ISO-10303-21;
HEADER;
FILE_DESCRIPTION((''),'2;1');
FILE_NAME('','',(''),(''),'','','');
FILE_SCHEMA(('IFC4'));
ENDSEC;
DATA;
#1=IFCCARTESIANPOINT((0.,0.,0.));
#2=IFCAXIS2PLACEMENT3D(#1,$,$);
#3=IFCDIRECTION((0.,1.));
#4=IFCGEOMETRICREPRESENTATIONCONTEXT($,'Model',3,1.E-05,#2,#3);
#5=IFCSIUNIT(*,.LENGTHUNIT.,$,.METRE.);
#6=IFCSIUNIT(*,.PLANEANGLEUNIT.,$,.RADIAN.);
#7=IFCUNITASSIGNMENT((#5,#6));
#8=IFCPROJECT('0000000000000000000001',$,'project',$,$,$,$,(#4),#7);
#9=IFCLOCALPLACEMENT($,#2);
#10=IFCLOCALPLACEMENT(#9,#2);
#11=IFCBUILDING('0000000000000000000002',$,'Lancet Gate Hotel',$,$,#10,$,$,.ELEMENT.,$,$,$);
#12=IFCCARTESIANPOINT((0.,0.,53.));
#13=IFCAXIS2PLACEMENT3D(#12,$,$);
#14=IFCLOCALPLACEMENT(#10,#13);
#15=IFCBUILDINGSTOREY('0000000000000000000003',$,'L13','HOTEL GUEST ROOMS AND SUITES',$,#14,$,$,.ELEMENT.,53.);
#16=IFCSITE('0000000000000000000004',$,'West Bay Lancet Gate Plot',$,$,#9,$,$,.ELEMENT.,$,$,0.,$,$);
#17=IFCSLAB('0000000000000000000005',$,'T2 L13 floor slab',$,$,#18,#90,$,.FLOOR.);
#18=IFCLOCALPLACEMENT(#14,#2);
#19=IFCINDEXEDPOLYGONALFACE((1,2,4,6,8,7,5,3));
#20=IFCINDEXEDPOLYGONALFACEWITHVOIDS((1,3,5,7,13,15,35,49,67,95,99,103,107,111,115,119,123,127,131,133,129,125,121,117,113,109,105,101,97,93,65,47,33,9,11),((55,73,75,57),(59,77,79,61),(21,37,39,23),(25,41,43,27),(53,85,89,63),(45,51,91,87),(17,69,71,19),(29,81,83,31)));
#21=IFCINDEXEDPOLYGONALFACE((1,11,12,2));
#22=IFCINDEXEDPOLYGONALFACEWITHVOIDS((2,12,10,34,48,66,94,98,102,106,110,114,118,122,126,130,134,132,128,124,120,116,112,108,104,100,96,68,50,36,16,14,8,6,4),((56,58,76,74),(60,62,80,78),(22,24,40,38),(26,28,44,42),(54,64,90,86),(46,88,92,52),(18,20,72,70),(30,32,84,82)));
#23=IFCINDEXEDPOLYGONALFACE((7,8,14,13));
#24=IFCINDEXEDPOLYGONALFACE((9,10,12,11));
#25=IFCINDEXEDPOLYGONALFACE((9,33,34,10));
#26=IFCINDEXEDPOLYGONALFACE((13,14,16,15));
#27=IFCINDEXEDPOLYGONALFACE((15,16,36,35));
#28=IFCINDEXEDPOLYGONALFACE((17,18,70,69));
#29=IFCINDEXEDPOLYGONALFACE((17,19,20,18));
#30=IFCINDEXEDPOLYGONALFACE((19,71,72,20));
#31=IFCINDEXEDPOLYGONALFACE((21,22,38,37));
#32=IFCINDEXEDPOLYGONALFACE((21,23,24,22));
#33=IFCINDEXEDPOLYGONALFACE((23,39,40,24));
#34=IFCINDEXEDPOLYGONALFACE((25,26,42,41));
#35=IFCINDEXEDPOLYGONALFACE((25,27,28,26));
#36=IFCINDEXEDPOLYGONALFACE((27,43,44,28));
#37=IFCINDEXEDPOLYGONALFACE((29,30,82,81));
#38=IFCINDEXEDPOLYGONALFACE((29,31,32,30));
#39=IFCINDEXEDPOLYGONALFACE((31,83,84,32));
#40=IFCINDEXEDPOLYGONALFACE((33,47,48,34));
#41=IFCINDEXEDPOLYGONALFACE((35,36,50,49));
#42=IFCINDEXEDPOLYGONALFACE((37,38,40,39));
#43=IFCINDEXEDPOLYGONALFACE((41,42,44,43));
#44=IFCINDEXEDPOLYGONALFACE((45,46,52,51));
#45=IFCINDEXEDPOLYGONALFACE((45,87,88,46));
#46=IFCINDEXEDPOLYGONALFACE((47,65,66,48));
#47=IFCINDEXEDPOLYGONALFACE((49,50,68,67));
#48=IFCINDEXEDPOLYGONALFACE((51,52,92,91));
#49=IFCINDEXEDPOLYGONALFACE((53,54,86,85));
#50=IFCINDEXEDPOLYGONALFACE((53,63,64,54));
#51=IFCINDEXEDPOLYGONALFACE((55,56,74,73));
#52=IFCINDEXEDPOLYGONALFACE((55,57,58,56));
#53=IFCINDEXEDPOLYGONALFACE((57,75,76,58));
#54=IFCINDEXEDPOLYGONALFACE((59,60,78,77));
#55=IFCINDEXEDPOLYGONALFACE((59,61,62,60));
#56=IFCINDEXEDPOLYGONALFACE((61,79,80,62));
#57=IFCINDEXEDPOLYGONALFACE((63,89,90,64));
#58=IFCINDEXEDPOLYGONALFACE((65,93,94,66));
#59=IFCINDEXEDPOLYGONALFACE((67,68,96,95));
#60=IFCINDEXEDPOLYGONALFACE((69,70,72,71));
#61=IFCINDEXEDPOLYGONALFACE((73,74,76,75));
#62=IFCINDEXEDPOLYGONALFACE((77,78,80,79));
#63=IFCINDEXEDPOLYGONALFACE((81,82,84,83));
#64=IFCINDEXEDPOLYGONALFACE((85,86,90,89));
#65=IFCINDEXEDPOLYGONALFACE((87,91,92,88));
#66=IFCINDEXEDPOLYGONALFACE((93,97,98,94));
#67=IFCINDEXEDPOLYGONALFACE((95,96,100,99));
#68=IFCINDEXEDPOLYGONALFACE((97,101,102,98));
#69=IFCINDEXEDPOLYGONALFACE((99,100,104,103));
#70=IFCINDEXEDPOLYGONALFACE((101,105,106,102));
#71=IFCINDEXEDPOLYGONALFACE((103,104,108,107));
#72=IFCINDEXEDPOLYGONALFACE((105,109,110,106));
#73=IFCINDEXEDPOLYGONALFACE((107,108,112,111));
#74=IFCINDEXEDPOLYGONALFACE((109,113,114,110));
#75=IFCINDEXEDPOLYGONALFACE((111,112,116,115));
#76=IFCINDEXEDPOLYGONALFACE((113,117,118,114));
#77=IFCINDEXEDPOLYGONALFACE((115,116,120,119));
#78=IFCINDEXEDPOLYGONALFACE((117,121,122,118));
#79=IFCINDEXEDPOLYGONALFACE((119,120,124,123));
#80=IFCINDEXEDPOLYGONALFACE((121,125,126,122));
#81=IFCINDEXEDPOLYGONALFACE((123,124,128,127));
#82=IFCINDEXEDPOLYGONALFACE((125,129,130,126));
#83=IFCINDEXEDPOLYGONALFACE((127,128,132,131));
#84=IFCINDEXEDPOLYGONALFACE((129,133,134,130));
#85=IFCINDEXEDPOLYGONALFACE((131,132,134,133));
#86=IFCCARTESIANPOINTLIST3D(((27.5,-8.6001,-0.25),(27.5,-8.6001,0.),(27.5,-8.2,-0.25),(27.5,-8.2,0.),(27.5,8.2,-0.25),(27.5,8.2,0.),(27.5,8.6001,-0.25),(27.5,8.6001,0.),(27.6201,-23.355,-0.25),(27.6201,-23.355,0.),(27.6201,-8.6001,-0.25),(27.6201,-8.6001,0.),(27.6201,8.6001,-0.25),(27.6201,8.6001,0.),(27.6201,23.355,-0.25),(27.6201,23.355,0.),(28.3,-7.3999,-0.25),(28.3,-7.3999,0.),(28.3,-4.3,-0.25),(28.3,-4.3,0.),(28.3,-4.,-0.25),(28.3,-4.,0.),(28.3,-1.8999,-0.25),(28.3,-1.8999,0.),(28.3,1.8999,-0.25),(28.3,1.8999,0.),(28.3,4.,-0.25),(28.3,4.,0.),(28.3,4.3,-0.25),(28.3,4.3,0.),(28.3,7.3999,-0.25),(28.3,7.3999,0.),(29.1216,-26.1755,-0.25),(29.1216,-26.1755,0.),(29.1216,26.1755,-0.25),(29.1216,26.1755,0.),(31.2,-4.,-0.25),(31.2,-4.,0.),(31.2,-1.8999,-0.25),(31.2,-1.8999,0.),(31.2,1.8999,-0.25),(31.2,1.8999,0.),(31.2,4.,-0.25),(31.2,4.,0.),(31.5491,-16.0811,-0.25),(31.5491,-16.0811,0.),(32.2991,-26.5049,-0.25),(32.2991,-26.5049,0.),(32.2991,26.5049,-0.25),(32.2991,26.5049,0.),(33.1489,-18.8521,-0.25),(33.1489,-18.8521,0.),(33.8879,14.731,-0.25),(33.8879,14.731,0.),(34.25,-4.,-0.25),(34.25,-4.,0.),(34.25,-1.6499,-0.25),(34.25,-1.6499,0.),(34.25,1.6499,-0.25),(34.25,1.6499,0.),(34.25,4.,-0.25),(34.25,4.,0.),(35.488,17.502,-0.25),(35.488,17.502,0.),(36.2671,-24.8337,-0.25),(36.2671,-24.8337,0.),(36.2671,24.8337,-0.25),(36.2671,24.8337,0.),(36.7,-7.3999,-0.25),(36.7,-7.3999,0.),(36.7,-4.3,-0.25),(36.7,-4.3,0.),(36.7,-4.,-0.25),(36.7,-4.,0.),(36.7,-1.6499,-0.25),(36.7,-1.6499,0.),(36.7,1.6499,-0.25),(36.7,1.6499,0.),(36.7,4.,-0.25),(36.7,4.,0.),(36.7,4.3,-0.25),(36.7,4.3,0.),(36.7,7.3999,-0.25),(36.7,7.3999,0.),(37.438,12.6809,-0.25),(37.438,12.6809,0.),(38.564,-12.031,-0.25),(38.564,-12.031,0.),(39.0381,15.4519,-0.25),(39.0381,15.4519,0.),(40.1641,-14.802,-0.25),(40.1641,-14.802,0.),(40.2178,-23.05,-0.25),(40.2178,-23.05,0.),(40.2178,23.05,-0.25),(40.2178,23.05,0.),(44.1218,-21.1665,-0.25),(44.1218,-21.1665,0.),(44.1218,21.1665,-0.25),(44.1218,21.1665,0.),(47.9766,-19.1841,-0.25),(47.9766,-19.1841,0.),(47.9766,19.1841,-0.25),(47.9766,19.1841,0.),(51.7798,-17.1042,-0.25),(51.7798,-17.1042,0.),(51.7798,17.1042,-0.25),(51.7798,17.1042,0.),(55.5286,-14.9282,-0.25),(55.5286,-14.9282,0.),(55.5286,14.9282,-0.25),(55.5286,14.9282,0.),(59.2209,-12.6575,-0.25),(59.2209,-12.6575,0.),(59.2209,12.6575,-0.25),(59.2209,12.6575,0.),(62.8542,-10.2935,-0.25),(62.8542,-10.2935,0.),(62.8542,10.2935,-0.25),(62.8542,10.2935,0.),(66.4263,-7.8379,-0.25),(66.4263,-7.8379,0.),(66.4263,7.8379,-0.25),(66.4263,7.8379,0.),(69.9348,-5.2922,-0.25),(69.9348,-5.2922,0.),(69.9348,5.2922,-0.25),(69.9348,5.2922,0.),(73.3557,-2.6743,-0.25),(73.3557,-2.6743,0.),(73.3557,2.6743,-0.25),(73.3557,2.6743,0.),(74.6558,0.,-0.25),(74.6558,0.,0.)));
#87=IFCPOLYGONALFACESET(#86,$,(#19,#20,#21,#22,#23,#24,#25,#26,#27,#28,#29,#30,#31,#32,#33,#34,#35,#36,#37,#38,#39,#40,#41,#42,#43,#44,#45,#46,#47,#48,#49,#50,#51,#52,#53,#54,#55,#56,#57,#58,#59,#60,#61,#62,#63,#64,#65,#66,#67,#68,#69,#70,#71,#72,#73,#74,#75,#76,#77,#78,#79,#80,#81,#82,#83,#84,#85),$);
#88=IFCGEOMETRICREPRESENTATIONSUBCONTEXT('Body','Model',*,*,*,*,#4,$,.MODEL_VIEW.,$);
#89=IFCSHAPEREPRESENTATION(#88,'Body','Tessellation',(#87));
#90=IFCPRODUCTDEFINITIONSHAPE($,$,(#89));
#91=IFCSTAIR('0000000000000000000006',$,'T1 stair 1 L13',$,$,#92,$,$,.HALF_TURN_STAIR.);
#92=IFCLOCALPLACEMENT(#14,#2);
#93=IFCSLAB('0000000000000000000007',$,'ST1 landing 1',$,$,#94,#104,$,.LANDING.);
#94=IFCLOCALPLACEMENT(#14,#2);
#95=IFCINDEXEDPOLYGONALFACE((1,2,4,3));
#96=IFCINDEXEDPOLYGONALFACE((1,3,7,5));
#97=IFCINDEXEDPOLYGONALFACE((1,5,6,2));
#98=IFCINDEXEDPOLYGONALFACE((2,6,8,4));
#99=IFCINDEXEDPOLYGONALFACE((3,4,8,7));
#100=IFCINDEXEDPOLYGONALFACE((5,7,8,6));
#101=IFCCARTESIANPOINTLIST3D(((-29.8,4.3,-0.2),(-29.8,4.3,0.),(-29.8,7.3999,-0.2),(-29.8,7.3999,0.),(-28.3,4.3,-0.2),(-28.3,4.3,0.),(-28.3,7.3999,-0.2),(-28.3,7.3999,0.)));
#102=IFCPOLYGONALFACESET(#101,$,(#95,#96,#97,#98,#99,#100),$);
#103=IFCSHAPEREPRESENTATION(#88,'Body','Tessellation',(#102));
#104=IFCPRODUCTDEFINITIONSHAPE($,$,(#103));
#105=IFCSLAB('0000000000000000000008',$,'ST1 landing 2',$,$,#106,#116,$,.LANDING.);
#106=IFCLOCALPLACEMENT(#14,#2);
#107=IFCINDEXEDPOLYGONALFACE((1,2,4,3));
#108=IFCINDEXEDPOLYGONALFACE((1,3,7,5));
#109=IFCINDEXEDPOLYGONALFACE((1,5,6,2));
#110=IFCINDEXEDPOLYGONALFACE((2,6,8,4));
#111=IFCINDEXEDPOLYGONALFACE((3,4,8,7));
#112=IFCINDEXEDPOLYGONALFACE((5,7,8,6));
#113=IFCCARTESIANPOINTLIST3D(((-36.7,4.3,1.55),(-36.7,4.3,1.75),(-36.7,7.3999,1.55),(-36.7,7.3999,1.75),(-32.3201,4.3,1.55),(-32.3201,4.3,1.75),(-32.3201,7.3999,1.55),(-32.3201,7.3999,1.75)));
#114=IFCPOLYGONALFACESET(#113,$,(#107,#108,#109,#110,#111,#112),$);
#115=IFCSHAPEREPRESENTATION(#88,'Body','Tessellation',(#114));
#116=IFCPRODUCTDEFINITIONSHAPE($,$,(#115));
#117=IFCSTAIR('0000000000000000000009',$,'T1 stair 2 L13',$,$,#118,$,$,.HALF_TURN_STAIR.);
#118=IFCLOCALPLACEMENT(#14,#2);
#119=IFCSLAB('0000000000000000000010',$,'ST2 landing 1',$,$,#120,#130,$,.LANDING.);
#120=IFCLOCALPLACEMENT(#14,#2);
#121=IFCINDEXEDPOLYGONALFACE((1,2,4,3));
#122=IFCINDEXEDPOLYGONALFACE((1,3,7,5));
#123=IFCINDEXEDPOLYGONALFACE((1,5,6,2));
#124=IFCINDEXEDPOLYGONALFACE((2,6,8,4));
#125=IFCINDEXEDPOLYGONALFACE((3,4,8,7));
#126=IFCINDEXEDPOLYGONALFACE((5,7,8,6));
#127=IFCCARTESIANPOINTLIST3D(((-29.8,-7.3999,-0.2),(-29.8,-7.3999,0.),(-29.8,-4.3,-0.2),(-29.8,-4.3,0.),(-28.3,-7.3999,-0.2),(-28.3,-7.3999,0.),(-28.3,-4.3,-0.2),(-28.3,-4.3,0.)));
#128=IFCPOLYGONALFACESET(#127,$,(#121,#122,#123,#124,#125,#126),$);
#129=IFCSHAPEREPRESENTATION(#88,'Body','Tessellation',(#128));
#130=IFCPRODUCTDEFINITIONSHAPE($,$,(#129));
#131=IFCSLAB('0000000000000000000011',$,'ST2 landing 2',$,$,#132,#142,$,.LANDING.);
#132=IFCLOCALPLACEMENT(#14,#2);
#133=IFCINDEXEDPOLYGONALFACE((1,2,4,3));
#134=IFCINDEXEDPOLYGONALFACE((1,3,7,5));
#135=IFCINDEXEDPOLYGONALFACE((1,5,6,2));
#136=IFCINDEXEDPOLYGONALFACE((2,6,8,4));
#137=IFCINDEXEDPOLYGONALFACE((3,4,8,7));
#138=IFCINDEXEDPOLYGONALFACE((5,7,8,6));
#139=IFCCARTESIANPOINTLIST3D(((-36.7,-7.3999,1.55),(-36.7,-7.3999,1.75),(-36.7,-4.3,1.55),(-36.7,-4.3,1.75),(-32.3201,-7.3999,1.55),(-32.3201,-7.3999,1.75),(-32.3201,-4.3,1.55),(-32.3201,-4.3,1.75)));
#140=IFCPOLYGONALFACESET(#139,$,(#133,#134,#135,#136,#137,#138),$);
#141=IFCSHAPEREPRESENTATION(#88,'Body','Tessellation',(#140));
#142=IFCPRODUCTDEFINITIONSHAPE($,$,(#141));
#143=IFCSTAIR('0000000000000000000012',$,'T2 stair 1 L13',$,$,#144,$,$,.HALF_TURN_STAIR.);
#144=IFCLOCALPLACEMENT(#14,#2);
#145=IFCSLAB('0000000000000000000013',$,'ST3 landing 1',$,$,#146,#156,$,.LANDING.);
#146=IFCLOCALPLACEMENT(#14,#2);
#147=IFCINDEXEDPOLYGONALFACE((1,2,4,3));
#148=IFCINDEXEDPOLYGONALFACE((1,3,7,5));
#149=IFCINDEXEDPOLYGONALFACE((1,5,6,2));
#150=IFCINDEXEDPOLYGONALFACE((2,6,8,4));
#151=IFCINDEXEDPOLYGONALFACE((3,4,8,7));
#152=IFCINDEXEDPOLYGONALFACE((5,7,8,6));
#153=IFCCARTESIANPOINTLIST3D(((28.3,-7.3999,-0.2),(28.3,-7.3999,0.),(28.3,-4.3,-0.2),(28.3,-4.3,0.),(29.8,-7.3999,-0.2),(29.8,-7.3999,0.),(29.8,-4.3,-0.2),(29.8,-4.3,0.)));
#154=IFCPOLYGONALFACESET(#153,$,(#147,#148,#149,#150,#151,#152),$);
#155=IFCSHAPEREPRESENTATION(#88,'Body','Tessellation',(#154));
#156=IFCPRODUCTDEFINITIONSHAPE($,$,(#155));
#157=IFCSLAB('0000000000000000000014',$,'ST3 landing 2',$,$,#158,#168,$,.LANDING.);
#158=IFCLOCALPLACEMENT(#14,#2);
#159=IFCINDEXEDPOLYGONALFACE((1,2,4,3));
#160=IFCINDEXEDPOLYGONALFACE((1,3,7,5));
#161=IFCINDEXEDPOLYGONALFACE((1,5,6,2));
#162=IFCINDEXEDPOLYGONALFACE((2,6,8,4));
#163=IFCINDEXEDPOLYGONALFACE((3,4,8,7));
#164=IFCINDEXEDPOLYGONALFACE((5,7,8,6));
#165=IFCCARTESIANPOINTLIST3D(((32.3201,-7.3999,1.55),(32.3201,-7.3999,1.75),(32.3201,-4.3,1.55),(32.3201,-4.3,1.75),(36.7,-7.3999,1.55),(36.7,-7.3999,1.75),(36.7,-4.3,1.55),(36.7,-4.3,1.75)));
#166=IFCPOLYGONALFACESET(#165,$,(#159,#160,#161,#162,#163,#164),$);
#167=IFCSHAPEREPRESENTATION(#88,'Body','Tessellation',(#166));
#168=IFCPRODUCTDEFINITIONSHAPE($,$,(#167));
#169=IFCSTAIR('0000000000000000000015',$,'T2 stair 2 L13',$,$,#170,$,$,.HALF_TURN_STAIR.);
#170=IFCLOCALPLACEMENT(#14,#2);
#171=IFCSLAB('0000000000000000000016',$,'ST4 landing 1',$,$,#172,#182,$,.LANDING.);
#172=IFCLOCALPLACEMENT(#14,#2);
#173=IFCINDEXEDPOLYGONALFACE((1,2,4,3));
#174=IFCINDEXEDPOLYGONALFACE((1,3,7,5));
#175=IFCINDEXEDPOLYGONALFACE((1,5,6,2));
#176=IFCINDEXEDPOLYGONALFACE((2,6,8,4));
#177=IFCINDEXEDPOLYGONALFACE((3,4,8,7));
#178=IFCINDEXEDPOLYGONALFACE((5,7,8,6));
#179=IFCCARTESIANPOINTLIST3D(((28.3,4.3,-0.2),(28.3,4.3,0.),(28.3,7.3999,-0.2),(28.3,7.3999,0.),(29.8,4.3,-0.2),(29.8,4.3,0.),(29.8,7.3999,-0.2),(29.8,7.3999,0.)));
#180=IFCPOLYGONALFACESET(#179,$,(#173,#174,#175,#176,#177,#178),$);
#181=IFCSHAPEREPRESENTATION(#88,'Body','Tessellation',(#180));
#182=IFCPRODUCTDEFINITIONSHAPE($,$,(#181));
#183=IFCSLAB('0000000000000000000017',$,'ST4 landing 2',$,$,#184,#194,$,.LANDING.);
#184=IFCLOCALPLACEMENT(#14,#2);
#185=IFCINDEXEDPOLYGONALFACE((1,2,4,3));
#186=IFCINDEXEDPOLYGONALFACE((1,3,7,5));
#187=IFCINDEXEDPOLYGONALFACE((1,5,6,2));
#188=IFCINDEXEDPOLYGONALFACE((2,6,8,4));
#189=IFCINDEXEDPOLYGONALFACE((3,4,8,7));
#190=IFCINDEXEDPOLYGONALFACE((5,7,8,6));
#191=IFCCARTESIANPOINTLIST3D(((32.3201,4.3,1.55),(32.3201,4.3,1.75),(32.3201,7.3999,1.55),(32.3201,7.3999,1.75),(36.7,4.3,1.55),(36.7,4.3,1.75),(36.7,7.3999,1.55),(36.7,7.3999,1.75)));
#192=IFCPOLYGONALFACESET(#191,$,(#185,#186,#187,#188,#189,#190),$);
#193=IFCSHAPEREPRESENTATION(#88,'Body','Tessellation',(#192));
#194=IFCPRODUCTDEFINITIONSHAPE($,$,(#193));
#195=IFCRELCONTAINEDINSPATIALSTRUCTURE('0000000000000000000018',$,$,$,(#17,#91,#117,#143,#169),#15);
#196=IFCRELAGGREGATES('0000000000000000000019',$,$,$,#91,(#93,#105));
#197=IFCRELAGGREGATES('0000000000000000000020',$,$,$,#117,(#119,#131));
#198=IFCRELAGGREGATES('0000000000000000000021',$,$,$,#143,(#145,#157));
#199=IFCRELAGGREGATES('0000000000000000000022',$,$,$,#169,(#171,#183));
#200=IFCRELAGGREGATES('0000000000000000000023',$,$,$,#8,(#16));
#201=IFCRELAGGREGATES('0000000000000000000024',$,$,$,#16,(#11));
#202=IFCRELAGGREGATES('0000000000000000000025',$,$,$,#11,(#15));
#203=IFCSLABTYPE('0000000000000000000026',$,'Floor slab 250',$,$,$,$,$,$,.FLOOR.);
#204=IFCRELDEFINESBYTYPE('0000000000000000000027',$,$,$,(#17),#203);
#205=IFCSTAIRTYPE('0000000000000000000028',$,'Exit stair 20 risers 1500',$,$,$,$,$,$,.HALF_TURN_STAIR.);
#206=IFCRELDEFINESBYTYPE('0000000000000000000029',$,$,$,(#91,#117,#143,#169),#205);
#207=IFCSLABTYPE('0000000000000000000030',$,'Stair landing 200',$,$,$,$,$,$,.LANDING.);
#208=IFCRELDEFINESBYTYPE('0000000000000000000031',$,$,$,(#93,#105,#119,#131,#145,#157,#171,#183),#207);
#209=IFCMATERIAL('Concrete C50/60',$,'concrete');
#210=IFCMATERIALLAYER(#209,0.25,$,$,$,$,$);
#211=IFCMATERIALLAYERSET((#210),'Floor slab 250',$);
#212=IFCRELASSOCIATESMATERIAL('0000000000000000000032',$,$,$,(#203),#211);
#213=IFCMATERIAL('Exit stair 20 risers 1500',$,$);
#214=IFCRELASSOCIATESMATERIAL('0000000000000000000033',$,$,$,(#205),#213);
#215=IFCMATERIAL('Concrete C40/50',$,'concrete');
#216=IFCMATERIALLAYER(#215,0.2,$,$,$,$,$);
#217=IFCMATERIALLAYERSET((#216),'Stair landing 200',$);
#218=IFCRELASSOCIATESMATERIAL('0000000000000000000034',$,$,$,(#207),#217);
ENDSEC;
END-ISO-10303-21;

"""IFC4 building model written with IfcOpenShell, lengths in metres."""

from ifc_helpers import new_model, si_unit, direction, frame, origin, place, context, subcontext, project, spatial, polyline, outline, extrude, material, layer, layer_set, type_object, element, aggregate, save


model = new_model("IFC4")

# Units and contexts
model_context = context("Model", 3, precision=1e-05, world=origin(), true_north=direction((0.0, 1.0)))
body_context = subcontext(model_context, "Body", "Model", "MODEL_VIEW")
ifc_project = project(units=[si_unit("LENGTHUNIT", "METRE"), si_unit("PLANEANGLEUNIT", "RADIAN")], contexts=[model_context])

# Site, building, storey
site_placement = place(None, origin())
site = spatial("IfcSite", under=ifc_project, at=site_placement, Name="West Bay Lancet Gate Plot", CompositionType="ELEMENT", RefElevation=0.0)
building_placement = place(site_placement, origin())
building = spatial("IfcBuilding", under=site, at=building_placement, Name="Lancet Gate Hotel", CompositionType="ELEMENT")
storey_placement = place(building_placement, frame((0.0, 0.0, 53.0)))
storey = spatial("IfcBuildingStorey", under=building, at=storey_placement, Name="L13", Description="HOTEL GUEST ROOMS AND SUITES", CompositionType="ELEMENT", Elevation=53.0)

# Slab
ifc_material_1 = material(Name="Concrete C50/60", Category="concrete")
ifc_layer_1 = layer(ifc_material_1, 0.25)
ifc_layer_set_1 = layer_set([ifc_layer_1], Name="Floor slab 250")
slab_type_1 = type_object("IfcSlabType", Name="Floor slab 250", PredefinedType="FLOOR", material=ifc_layer_set_1)
slab_1_placement = place(storey_placement, frame((0.0, 0.0, -0.25)))
element("IfcSlab", 1, at=slab_1_placement, inside=storey, type_object=slab_type_1, Name="T2 L13 floor slab", PredefinedType="FLOOR", context=body_context, shape_type="SweptSolid", body=[
    extrude(outline(polyline([(27.5, -8.6001), (27.6201, -8.6001), (27.6201, -23.355), (29.1216, -26.1755), (32.2991, -26.5049), (36.2671, -24.8337), (40.2178, -23.05), (44.1218, -21.1665), (47.9766, -19.1841), (51.7798, -17.1042), (55.5286, -14.9282), (59.2209, -12.6575), (62.8542, -10.2935), (66.4263, -7.8379), (69.9348, -5.2922), (73.3557, -2.6743), (74.6558, 0.0), (73.3557, 2.6743), (69.9348, 5.2922), (66.4263, 7.8379), (62.8542, 10.2935), (59.2209, 12.6575), (55.5286, 14.9282), (51.7798, 17.1042), (47.9766, 19.1841), (44.1218, 21.1665), (40.2178, 23.05), (36.2671, 24.8337), (32.2991, 26.5049), (29.1216, 26.1755), (27.6201, 23.355), (27.6201, 8.6001), (27.5, 8.6001), (27.5, 8.2), (27.5, -8.2), (27.5, -8.6001)]), holes=[polyline([(36.7, -7.3999), (36.7, -4.3), (28.3, -4.3), (28.3, -7.3999), (36.7, -7.3999)]), polyline([(28.3, -4.0), (31.2, -4.0), (31.2, -1.8999), (28.3, -1.8999), (28.3, -4.0)]), polyline([(34.25, -4.0), (36.7, -4.0), (36.7, -1.6499), (34.25, -1.6499), (34.25, -4.0)]), polyline([(36.7, 1.6499), (36.7, 4.0), (34.25, 4.0), (34.25, 1.6499), (36.7, 1.6499)]), polyline([(28.3, 1.8999), (31.2, 1.8999), (31.2, 4.0), (28.3, 4.0), (28.3, 1.8999)]), polyline([(28.3, 4.3), (36.7, 4.3), (36.7, 7.3999), (28.3, 7.3999), (28.3, 4.3)]), polyline([(31.5491, -16.0811), (33.1489, -18.8521), (40.1641, -14.802), (38.564, -12.031), (31.5491, -16.0811)]), polyline([(33.8879, 14.731), (37.438, 12.6809), (39.0381, 15.4519), (35.488, 17.502), (33.8879, 14.731)])]), origin(), (0.0, 0.0, 1.0), 0.25),
])

# Stairs, slabs
ifc_material_2 = material(Name="Exit stair 20 risers 1500")
stair_type = type_object("IfcStairType", Name="Exit stair 20 risers 1500", PredefinedType="HALF_TURN_STAIR", material=ifc_material_2)
stair_1_placement = place(storey_placement, origin())
stair_1 = element("IfcStair", 2, at=stair_1_placement, inside=storey, type_object=stair_type, Name="T1 stair 1 L13", PredefinedType="HALF_TURN_STAIR")
ifc_material_3 = material(Name="Concrete C40/50", Category="concrete")
ifc_layer_2 = layer(ifc_material_3, 0.2)
ifc_layer_set_2 = layer_set([ifc_layer_2], Name="Stair landing 200")
slab_type_2 = type_object("IfcSlabType", Name="Stair landing 200", PredefinedType="LANDING", material=ifc_layer_set_2)
slab_2_placement = place(storey_placement, frame((0.0, 0.0, -0.2)))
slab_2 = element("IfcSlab", 3, at=slab_2_placement, type_object=slab_type_2, Name="ST1 landing 1", PredefinedType="LANDING", context=body_context, shape_type="SweptSolid", body=[
    extrude(outline(polyline([(-28.3, 7.3999), (-29.8, 7.3999), (-29.8, 4.3), (-28.3, 4.3), (-28.3, 7.3999)])), origin(), (0.0, 0.0, 1.0), 0.2),
])
slab_3_placement = place(storey_placement, frame((0.0, 0.0, 1.55)))
slab_3 = element("IfcSlab", 4, at=slab_3_placement, type_object=slab_type_2, Name="ST1 landing 2", PredefinedType="LANDING", context=body_context, shape_type="SweptSolid", body=[
    extrude(outline(polyline([(-32.3201, 7.3999), (-36.7, 7.3999), (-36.7, 4.3), (-32.3201, 4.3), (-32.3201, 7.3999)])), origin(), (0.0, 0.0, 1.0), 0.2),
])
aggregate(stair_1, [slab_2, slab_3])
stair_2_placement = place(storey_placement, origin())
stair_2 = element("IfcStair", 5, at=stair_2_placement, inside=storey, type_object=stair_type, Name="T1 stair 2 L13", PredefinedType="HALF_TURN_STAIR")
slab_4_placement = place(storey_placement, frame((0.0, 0.0, -0.2)))
slab_4 = element("IfcSlab", 6, at=slab_4_placement, type_object=slab_type_2, Name="ST2 landing 1", PredefinedType="LANDING", context=body_context, shape_type="SweptSolid", body=[
    extrude(outline(polyline([(-28.3, -4.3), (-29.8, -4.3), (-29.8, -7.3999), (-28.3, -7.3999), (-28.3, -4.3)])), origin(), (0.0, 0.0, 1.0), 0.2),
])
slab_5_placement = place(storey_placement, frame((0.0, 0.0, 1.55)))
slab_5 = element("IfcSlab", 7, at=slab_5_placement, type_object=slab_type_2, Name="ST2 landing 2", PredefinedType="LANDING", context=body_context, shape_type="SweptSolid", body=[
    extrude(outline(polyline([(-32.3201, -4.3), (-36.7, -4.3), (-36.7, -7.3999), (-32.3201, -7.3999), (-32.3201, -4.3)])), origin(), (0.0, 0.0, 1.0), 0.2),
])
aggregate(stair_2, [slab_4, slab_5])
stair_3_placement = place(storey_placement, origin())
stair_3 = element("IfcStair", 8, at=stair_3_placement, inside=storey, type_object=stair_type, Name="T2 stair 1 L13", PredefinedType="HALF_TURN_STAIR")
slab_6_placement = place(storey_placement, frame((0.0, 0.0, -0.2)))
slab_6 = element("IfcSlab", 9, at=slab_6_placement, type_object=slab_type_2, Name="ST3 landing 1", PredefinedType="LANDING", context=body_context, shape_type="SweptSolid", body=[
    extrude(outline(polyline([(28.3, -7.3999), (29.8, -7.3999), (29.8, -4.3), (28.3, -4.3), (28.3, -7.3999)])), origin(), (0.0, 0.0, 1.0), 0.2),
])
slab_7_placement = place(storey_placement, frame((0.0, 0.0, 1.55)))
slab_7 = element("IfcSlab", 10, at=slab_7_placement, type_object=slab_type_2, Name="ST3 landing 2", PredefinedType="LANDING", context=body_context, shape_type="SweptSolid", body=[
    extrude(outline(polyline([(32.3201, -7.3999), (36.7, -7.3999), (36.7, -4.3), (32.3201, -4.3), (32.3201, -7.3999)])), origin(), (0.0, 0.0, 1.0), 0.2),
])
aggregate(stair_3, [slab_6, slab_7])
stair_4_placement = place(storey_placement, origin())
stair_4 = element("IfcStair", 11, at=stair_4_placement, inside=storey, type_object=stair_type, Name="T2 stair 2 L13", PredefinedType="HALF_TURN_STAIR")
slab_8_placement = place(storey_placement, frame((0.0, 0.0, -0.2)))
slab_8 = element("IfcSlab", 12, at=slab_8_placement, type_object=slab_type_2, Name="ST4 landing 1", PredefinedType="LANDING", context=body_context, shape_type="SweptSolid", body=[
    extrude(outline(polyline([(28.3, 4.3), (29.8, 4.3), (29.8, 7.3999), (28.3, 7.3999), (28.3, 4.3)])), origin(), (0.0, 0.0, 1.0), 0.2),
])
slab_9_placement = place(storey_placement, frame((0.0, 0.0, 1.55)))
slab_9 = element("IfcSlab", 13, at=slab_9_placement, type_object=slab_type_2, Name="ST4 landing 2", PredefinedType="LANDING", context=body_context, shape_type="SweptSolid", body=[
    extrude(outline(polyline([(32.3201, 4.3), (36.7, 4.3), (36.7, 7.3999), (32.3201, 7.3999), (32.3201, 4.3)])), origin(), (0.0, 0.0, 1.0), 0.2),
])
aggregate(stair_4, [slab_8, slab_9])

save(model, "model.ifc")
